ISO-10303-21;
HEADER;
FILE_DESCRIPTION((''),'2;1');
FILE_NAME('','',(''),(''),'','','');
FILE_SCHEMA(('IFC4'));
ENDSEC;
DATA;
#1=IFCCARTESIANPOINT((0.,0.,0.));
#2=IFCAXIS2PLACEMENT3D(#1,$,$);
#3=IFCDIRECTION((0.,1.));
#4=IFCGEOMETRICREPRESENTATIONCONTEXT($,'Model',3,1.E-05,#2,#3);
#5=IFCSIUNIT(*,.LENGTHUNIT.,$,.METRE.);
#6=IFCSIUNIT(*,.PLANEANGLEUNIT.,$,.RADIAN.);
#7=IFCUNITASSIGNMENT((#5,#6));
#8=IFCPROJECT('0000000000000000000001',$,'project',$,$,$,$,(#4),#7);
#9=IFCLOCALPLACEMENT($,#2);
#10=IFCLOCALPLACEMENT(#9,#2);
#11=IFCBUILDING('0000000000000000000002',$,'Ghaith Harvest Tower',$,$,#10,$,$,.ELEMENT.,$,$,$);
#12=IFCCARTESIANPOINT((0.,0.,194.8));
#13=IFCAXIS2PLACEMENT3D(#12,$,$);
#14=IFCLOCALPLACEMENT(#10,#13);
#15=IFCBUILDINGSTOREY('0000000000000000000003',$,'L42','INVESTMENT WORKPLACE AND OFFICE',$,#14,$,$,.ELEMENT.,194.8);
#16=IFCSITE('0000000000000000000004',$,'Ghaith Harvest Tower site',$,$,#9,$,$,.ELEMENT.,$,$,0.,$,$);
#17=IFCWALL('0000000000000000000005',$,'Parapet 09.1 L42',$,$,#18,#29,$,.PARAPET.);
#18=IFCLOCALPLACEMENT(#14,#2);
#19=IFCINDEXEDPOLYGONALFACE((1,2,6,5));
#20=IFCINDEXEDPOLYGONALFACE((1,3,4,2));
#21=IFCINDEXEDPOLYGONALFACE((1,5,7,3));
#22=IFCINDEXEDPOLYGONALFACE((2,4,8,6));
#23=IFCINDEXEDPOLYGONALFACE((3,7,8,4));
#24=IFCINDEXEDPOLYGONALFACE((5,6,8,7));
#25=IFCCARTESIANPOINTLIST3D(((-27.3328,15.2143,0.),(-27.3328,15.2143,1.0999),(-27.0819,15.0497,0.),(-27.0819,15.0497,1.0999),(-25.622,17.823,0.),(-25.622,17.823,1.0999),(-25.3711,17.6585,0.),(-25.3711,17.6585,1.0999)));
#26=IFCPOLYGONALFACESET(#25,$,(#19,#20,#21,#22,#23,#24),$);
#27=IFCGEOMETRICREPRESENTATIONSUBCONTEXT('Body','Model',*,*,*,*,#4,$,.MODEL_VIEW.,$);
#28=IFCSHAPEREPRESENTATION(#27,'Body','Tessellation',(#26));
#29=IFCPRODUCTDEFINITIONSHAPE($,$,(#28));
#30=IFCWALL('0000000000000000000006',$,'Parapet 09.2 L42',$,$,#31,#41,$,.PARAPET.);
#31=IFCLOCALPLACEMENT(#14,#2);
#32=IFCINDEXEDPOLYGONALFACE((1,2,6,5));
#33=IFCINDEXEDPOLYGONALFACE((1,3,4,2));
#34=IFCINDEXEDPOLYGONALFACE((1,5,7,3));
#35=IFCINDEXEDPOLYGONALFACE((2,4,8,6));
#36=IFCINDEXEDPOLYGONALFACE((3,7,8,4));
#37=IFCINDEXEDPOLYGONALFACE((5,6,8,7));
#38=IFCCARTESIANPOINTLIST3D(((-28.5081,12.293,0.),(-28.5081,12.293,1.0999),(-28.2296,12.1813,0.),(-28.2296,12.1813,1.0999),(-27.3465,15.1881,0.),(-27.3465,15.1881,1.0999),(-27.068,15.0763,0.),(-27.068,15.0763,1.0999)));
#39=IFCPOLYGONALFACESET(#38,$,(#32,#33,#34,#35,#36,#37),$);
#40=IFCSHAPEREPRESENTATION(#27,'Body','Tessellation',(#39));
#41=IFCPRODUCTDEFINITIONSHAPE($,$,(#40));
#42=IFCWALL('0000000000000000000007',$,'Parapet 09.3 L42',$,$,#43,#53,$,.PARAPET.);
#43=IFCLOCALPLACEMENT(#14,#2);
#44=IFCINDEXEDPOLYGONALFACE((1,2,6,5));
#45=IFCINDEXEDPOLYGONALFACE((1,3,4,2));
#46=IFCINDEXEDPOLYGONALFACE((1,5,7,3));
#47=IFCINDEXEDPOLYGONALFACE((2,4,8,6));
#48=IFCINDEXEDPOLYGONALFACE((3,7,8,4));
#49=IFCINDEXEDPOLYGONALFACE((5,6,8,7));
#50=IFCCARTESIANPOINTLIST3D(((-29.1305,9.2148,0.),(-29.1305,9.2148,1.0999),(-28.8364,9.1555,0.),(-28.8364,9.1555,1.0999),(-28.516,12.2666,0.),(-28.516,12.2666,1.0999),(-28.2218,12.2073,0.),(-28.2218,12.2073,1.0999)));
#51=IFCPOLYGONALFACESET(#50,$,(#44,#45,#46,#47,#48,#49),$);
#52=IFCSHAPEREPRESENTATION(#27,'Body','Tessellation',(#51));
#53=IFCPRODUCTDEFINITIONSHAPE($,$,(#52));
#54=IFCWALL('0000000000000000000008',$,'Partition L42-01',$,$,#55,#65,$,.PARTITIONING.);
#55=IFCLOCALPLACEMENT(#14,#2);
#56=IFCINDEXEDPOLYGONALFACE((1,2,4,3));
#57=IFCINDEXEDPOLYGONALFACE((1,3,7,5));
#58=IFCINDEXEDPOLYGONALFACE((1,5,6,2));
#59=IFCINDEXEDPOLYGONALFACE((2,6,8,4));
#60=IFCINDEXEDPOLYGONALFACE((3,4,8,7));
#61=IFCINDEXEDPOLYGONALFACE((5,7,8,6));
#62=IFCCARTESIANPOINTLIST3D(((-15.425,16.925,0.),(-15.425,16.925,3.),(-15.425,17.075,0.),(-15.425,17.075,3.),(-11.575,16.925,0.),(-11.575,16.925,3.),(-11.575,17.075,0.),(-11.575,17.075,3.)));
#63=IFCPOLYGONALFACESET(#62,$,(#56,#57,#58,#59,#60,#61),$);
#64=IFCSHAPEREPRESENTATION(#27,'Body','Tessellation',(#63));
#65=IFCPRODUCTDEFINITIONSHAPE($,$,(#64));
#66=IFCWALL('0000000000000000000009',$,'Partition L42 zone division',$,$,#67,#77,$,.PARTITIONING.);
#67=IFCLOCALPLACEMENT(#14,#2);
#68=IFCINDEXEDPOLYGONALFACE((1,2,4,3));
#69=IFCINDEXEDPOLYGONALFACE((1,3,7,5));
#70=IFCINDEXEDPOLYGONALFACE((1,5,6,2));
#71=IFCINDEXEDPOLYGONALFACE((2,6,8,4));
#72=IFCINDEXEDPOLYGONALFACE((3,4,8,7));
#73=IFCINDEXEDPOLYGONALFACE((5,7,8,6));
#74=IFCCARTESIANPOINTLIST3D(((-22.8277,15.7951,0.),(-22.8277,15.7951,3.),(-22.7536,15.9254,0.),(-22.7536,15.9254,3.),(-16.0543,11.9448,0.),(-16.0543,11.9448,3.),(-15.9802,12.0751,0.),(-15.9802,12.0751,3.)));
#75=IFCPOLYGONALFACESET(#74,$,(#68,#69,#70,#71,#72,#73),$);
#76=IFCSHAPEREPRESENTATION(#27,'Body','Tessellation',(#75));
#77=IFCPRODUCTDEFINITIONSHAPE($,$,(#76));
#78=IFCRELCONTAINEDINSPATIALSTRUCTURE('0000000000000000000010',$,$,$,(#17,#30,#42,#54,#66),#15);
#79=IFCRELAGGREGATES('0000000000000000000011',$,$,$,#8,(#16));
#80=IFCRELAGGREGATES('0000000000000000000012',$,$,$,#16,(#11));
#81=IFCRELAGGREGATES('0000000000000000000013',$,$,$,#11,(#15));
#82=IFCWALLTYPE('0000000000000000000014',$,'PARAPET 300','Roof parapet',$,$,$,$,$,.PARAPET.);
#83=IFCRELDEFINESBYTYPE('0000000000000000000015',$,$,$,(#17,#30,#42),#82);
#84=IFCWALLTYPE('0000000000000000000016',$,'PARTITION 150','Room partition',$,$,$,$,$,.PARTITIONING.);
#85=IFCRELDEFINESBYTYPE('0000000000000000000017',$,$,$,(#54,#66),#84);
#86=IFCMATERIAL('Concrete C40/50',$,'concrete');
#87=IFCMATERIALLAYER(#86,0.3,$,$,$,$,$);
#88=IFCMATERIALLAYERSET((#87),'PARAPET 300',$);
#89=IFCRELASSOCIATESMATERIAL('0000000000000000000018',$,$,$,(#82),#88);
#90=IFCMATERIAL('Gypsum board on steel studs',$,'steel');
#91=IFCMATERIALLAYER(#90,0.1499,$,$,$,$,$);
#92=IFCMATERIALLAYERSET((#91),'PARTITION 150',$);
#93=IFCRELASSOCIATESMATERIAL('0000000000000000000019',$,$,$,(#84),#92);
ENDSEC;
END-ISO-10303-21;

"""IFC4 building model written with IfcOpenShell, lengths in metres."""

from ifc_helpers import new_model, si_unit, direction, frame, frame_2d, origin, place, context, subcontext, project, spatial, rectangle, extrude, material, layer, layer_set, type_object, element, save


model = new_model("IFC4")

# Units and contexts
model_context = context("Model", 3, precision=1e-05, world=origin(), true_north=direction((0.0, 1.0)))
body_context = subcontext(model_context, "Body", "Model", "MODEL_VIEW")
ifc_project = project(units=[si_unit("LENGTHUNIT", "METRE"), si_unit("PLANEANGLEUNIT", "RADIAN")], contexts=[model_context])

# Site, building, storey
site_placement = place(None, origin())
site = spatial("IfcSite", under=ifc_project, at=site_placement, Name="Ghaith Harvest Tower site", CompositionType="ELEMENT", RefElevation=0.0)
building_placement = place(site_placement, origin())
building = spatial("IfcBuilding", under=site, at=building_placement, Name="Ghaith Harvest Tower", CompositionType="ELEMENT")
storey_placement = place(building_placement, frame((0.0, 0.0, 194.8)))
storey = spatial("IfcBuildingStorey", under=building, at=storey_placement, Name="L42", Description="INVESTMENT WORKPLACE AND OFFICE", CompositionType="ELEMENT", Elevation=194.8)

# Walls
ifc_material_1 = material(Name="Concrete C40/50", Category="concrete")
ifc_layer_1 = layer(ifc_material_1, 0.3)
ifc_layer_set_1 = layer_set([ifc_layer_1], Name="PARAPET 300")
wall_type_1 = type_object("IfcWallType", Name="PARAPET 300", Description="Roof parapet", PredefinedType="PARAPET", material=ifc_layer_set_1)
wall_1_placement = place(storey_placement, frame((-25.4966, 17.7407, 0.0), z_axis=(0.0, 0.0, 1.0), x_axis=(-0.548381, -0.836228, 0.0)))
element("IfcWall", 1, at=wall_1_placement, inside=storey, type_object=wall_type_1, Name="Parapet 09.1 L42", PredefinedType="PARAPET", context=body_context, shape_type="SweptSolid", body=[
    extrude(rectangle(XDim=3.1196, YDim=0.3, at=frame_2d((1.5598, 0.0))), origin(), (0.0, 0.0, 1.0), 1.0999),
])
wall_2_placement = place(storey_placement, frame((-27.2073, 15.1321, 0.0), z_axis=(0.0, 0.0, 1.0), x_axis=(-0.372389, -0.928077, 0.0)))
element("IfcWall", 2, at=wall_2_placement, inside=storey, type_object=wall_type_1, Name="Parapet 09.2 L42", PredefinedType="PARAPET", context=body_context, shape_type="SweptSolid", body=[
    extrude(rectangle(XDim=3.1194, YDim=0.3, at=frame_2d((1.5596, 0.0))), origin(), (0.0, 0.0, 1.0), 1.0999),
])
wall_3_placement = place(storey_placement, frame((-28.3689, 12.2371, 0.0), z_axis=(0.0, 0.0, 1.0), x_axis=(-0.197398, -0.980323, 0.0)))
element("IfcWall", 3, at=wall_3_placement, inside=storey, type_object=wall_type_1, Name="Parapet 09.3 L42", PredefinedType="PARAPET", context=body_context, shape_type="SweptSolid", body=[
    extrude(rectangle(XDim=3.113, YDim=0.3, at=frame_2d((1.5566, 0.0))), origin(), (0.0, 0.0, 1.0), 1.0999),
])
ifc_material_2 = material(Name="Gypsum board on steel studs", Category="steel")
ifc_layer_2 = layer(ifc_material_2, 0.1499)
ifc_layer_set_2 = layer_set([ifc_layer_2], Name="PARTITION 150")
wall_type_2 = type_object("IfcWallType", Name="PARTITION 150", Description="Room partition", PredefinedType="PARTITIONING", material=ifc_layer_set_2)
wall_4_placement = place(storey_placement, frame((-15.425, 17.0, 0.0), z_axis=(0.0, 0.0, 1.0), x_axis=(1.0, 0.0, 0.0)))
element("IfcWall", 4, at=wall_4_placement, inside=storey, type_object=wall_type_2, Name="Partition L42-01", PredefinedType="PARTITIONING", context=body_context, shape_type="SweptSolid", body=[
    extrude(rectangle(XDim=3.8501, YDim=0.1499, at=frame_2d((1.925, 0.0))), origin(), (0.0, 0.0, 1.0), 3.0),
])
wall_5_placement = place(storey_placement, frame((-16.0173, 12.01, 0.0), z_axis=(0.0, 0.0, 1.0), x_axis=(-0.869357, 0.494184, 0.0)))
element("IfcWall", 5, at=wall_5_placement, inside=storey, type_object=wall_type_2, Name="Partition L42 zone division", PredefinedType="PARTITIONING", context=body_context, shape_type="SweptSolid", body=[
    extrude(rectangle(XDim=7.7913, YDim=0.1499, at=frame_2d((3.8955, 0.0))), origin(), (0.0, 0.0, 1.0), 3.0),
])

save(model, "model.ifc")
